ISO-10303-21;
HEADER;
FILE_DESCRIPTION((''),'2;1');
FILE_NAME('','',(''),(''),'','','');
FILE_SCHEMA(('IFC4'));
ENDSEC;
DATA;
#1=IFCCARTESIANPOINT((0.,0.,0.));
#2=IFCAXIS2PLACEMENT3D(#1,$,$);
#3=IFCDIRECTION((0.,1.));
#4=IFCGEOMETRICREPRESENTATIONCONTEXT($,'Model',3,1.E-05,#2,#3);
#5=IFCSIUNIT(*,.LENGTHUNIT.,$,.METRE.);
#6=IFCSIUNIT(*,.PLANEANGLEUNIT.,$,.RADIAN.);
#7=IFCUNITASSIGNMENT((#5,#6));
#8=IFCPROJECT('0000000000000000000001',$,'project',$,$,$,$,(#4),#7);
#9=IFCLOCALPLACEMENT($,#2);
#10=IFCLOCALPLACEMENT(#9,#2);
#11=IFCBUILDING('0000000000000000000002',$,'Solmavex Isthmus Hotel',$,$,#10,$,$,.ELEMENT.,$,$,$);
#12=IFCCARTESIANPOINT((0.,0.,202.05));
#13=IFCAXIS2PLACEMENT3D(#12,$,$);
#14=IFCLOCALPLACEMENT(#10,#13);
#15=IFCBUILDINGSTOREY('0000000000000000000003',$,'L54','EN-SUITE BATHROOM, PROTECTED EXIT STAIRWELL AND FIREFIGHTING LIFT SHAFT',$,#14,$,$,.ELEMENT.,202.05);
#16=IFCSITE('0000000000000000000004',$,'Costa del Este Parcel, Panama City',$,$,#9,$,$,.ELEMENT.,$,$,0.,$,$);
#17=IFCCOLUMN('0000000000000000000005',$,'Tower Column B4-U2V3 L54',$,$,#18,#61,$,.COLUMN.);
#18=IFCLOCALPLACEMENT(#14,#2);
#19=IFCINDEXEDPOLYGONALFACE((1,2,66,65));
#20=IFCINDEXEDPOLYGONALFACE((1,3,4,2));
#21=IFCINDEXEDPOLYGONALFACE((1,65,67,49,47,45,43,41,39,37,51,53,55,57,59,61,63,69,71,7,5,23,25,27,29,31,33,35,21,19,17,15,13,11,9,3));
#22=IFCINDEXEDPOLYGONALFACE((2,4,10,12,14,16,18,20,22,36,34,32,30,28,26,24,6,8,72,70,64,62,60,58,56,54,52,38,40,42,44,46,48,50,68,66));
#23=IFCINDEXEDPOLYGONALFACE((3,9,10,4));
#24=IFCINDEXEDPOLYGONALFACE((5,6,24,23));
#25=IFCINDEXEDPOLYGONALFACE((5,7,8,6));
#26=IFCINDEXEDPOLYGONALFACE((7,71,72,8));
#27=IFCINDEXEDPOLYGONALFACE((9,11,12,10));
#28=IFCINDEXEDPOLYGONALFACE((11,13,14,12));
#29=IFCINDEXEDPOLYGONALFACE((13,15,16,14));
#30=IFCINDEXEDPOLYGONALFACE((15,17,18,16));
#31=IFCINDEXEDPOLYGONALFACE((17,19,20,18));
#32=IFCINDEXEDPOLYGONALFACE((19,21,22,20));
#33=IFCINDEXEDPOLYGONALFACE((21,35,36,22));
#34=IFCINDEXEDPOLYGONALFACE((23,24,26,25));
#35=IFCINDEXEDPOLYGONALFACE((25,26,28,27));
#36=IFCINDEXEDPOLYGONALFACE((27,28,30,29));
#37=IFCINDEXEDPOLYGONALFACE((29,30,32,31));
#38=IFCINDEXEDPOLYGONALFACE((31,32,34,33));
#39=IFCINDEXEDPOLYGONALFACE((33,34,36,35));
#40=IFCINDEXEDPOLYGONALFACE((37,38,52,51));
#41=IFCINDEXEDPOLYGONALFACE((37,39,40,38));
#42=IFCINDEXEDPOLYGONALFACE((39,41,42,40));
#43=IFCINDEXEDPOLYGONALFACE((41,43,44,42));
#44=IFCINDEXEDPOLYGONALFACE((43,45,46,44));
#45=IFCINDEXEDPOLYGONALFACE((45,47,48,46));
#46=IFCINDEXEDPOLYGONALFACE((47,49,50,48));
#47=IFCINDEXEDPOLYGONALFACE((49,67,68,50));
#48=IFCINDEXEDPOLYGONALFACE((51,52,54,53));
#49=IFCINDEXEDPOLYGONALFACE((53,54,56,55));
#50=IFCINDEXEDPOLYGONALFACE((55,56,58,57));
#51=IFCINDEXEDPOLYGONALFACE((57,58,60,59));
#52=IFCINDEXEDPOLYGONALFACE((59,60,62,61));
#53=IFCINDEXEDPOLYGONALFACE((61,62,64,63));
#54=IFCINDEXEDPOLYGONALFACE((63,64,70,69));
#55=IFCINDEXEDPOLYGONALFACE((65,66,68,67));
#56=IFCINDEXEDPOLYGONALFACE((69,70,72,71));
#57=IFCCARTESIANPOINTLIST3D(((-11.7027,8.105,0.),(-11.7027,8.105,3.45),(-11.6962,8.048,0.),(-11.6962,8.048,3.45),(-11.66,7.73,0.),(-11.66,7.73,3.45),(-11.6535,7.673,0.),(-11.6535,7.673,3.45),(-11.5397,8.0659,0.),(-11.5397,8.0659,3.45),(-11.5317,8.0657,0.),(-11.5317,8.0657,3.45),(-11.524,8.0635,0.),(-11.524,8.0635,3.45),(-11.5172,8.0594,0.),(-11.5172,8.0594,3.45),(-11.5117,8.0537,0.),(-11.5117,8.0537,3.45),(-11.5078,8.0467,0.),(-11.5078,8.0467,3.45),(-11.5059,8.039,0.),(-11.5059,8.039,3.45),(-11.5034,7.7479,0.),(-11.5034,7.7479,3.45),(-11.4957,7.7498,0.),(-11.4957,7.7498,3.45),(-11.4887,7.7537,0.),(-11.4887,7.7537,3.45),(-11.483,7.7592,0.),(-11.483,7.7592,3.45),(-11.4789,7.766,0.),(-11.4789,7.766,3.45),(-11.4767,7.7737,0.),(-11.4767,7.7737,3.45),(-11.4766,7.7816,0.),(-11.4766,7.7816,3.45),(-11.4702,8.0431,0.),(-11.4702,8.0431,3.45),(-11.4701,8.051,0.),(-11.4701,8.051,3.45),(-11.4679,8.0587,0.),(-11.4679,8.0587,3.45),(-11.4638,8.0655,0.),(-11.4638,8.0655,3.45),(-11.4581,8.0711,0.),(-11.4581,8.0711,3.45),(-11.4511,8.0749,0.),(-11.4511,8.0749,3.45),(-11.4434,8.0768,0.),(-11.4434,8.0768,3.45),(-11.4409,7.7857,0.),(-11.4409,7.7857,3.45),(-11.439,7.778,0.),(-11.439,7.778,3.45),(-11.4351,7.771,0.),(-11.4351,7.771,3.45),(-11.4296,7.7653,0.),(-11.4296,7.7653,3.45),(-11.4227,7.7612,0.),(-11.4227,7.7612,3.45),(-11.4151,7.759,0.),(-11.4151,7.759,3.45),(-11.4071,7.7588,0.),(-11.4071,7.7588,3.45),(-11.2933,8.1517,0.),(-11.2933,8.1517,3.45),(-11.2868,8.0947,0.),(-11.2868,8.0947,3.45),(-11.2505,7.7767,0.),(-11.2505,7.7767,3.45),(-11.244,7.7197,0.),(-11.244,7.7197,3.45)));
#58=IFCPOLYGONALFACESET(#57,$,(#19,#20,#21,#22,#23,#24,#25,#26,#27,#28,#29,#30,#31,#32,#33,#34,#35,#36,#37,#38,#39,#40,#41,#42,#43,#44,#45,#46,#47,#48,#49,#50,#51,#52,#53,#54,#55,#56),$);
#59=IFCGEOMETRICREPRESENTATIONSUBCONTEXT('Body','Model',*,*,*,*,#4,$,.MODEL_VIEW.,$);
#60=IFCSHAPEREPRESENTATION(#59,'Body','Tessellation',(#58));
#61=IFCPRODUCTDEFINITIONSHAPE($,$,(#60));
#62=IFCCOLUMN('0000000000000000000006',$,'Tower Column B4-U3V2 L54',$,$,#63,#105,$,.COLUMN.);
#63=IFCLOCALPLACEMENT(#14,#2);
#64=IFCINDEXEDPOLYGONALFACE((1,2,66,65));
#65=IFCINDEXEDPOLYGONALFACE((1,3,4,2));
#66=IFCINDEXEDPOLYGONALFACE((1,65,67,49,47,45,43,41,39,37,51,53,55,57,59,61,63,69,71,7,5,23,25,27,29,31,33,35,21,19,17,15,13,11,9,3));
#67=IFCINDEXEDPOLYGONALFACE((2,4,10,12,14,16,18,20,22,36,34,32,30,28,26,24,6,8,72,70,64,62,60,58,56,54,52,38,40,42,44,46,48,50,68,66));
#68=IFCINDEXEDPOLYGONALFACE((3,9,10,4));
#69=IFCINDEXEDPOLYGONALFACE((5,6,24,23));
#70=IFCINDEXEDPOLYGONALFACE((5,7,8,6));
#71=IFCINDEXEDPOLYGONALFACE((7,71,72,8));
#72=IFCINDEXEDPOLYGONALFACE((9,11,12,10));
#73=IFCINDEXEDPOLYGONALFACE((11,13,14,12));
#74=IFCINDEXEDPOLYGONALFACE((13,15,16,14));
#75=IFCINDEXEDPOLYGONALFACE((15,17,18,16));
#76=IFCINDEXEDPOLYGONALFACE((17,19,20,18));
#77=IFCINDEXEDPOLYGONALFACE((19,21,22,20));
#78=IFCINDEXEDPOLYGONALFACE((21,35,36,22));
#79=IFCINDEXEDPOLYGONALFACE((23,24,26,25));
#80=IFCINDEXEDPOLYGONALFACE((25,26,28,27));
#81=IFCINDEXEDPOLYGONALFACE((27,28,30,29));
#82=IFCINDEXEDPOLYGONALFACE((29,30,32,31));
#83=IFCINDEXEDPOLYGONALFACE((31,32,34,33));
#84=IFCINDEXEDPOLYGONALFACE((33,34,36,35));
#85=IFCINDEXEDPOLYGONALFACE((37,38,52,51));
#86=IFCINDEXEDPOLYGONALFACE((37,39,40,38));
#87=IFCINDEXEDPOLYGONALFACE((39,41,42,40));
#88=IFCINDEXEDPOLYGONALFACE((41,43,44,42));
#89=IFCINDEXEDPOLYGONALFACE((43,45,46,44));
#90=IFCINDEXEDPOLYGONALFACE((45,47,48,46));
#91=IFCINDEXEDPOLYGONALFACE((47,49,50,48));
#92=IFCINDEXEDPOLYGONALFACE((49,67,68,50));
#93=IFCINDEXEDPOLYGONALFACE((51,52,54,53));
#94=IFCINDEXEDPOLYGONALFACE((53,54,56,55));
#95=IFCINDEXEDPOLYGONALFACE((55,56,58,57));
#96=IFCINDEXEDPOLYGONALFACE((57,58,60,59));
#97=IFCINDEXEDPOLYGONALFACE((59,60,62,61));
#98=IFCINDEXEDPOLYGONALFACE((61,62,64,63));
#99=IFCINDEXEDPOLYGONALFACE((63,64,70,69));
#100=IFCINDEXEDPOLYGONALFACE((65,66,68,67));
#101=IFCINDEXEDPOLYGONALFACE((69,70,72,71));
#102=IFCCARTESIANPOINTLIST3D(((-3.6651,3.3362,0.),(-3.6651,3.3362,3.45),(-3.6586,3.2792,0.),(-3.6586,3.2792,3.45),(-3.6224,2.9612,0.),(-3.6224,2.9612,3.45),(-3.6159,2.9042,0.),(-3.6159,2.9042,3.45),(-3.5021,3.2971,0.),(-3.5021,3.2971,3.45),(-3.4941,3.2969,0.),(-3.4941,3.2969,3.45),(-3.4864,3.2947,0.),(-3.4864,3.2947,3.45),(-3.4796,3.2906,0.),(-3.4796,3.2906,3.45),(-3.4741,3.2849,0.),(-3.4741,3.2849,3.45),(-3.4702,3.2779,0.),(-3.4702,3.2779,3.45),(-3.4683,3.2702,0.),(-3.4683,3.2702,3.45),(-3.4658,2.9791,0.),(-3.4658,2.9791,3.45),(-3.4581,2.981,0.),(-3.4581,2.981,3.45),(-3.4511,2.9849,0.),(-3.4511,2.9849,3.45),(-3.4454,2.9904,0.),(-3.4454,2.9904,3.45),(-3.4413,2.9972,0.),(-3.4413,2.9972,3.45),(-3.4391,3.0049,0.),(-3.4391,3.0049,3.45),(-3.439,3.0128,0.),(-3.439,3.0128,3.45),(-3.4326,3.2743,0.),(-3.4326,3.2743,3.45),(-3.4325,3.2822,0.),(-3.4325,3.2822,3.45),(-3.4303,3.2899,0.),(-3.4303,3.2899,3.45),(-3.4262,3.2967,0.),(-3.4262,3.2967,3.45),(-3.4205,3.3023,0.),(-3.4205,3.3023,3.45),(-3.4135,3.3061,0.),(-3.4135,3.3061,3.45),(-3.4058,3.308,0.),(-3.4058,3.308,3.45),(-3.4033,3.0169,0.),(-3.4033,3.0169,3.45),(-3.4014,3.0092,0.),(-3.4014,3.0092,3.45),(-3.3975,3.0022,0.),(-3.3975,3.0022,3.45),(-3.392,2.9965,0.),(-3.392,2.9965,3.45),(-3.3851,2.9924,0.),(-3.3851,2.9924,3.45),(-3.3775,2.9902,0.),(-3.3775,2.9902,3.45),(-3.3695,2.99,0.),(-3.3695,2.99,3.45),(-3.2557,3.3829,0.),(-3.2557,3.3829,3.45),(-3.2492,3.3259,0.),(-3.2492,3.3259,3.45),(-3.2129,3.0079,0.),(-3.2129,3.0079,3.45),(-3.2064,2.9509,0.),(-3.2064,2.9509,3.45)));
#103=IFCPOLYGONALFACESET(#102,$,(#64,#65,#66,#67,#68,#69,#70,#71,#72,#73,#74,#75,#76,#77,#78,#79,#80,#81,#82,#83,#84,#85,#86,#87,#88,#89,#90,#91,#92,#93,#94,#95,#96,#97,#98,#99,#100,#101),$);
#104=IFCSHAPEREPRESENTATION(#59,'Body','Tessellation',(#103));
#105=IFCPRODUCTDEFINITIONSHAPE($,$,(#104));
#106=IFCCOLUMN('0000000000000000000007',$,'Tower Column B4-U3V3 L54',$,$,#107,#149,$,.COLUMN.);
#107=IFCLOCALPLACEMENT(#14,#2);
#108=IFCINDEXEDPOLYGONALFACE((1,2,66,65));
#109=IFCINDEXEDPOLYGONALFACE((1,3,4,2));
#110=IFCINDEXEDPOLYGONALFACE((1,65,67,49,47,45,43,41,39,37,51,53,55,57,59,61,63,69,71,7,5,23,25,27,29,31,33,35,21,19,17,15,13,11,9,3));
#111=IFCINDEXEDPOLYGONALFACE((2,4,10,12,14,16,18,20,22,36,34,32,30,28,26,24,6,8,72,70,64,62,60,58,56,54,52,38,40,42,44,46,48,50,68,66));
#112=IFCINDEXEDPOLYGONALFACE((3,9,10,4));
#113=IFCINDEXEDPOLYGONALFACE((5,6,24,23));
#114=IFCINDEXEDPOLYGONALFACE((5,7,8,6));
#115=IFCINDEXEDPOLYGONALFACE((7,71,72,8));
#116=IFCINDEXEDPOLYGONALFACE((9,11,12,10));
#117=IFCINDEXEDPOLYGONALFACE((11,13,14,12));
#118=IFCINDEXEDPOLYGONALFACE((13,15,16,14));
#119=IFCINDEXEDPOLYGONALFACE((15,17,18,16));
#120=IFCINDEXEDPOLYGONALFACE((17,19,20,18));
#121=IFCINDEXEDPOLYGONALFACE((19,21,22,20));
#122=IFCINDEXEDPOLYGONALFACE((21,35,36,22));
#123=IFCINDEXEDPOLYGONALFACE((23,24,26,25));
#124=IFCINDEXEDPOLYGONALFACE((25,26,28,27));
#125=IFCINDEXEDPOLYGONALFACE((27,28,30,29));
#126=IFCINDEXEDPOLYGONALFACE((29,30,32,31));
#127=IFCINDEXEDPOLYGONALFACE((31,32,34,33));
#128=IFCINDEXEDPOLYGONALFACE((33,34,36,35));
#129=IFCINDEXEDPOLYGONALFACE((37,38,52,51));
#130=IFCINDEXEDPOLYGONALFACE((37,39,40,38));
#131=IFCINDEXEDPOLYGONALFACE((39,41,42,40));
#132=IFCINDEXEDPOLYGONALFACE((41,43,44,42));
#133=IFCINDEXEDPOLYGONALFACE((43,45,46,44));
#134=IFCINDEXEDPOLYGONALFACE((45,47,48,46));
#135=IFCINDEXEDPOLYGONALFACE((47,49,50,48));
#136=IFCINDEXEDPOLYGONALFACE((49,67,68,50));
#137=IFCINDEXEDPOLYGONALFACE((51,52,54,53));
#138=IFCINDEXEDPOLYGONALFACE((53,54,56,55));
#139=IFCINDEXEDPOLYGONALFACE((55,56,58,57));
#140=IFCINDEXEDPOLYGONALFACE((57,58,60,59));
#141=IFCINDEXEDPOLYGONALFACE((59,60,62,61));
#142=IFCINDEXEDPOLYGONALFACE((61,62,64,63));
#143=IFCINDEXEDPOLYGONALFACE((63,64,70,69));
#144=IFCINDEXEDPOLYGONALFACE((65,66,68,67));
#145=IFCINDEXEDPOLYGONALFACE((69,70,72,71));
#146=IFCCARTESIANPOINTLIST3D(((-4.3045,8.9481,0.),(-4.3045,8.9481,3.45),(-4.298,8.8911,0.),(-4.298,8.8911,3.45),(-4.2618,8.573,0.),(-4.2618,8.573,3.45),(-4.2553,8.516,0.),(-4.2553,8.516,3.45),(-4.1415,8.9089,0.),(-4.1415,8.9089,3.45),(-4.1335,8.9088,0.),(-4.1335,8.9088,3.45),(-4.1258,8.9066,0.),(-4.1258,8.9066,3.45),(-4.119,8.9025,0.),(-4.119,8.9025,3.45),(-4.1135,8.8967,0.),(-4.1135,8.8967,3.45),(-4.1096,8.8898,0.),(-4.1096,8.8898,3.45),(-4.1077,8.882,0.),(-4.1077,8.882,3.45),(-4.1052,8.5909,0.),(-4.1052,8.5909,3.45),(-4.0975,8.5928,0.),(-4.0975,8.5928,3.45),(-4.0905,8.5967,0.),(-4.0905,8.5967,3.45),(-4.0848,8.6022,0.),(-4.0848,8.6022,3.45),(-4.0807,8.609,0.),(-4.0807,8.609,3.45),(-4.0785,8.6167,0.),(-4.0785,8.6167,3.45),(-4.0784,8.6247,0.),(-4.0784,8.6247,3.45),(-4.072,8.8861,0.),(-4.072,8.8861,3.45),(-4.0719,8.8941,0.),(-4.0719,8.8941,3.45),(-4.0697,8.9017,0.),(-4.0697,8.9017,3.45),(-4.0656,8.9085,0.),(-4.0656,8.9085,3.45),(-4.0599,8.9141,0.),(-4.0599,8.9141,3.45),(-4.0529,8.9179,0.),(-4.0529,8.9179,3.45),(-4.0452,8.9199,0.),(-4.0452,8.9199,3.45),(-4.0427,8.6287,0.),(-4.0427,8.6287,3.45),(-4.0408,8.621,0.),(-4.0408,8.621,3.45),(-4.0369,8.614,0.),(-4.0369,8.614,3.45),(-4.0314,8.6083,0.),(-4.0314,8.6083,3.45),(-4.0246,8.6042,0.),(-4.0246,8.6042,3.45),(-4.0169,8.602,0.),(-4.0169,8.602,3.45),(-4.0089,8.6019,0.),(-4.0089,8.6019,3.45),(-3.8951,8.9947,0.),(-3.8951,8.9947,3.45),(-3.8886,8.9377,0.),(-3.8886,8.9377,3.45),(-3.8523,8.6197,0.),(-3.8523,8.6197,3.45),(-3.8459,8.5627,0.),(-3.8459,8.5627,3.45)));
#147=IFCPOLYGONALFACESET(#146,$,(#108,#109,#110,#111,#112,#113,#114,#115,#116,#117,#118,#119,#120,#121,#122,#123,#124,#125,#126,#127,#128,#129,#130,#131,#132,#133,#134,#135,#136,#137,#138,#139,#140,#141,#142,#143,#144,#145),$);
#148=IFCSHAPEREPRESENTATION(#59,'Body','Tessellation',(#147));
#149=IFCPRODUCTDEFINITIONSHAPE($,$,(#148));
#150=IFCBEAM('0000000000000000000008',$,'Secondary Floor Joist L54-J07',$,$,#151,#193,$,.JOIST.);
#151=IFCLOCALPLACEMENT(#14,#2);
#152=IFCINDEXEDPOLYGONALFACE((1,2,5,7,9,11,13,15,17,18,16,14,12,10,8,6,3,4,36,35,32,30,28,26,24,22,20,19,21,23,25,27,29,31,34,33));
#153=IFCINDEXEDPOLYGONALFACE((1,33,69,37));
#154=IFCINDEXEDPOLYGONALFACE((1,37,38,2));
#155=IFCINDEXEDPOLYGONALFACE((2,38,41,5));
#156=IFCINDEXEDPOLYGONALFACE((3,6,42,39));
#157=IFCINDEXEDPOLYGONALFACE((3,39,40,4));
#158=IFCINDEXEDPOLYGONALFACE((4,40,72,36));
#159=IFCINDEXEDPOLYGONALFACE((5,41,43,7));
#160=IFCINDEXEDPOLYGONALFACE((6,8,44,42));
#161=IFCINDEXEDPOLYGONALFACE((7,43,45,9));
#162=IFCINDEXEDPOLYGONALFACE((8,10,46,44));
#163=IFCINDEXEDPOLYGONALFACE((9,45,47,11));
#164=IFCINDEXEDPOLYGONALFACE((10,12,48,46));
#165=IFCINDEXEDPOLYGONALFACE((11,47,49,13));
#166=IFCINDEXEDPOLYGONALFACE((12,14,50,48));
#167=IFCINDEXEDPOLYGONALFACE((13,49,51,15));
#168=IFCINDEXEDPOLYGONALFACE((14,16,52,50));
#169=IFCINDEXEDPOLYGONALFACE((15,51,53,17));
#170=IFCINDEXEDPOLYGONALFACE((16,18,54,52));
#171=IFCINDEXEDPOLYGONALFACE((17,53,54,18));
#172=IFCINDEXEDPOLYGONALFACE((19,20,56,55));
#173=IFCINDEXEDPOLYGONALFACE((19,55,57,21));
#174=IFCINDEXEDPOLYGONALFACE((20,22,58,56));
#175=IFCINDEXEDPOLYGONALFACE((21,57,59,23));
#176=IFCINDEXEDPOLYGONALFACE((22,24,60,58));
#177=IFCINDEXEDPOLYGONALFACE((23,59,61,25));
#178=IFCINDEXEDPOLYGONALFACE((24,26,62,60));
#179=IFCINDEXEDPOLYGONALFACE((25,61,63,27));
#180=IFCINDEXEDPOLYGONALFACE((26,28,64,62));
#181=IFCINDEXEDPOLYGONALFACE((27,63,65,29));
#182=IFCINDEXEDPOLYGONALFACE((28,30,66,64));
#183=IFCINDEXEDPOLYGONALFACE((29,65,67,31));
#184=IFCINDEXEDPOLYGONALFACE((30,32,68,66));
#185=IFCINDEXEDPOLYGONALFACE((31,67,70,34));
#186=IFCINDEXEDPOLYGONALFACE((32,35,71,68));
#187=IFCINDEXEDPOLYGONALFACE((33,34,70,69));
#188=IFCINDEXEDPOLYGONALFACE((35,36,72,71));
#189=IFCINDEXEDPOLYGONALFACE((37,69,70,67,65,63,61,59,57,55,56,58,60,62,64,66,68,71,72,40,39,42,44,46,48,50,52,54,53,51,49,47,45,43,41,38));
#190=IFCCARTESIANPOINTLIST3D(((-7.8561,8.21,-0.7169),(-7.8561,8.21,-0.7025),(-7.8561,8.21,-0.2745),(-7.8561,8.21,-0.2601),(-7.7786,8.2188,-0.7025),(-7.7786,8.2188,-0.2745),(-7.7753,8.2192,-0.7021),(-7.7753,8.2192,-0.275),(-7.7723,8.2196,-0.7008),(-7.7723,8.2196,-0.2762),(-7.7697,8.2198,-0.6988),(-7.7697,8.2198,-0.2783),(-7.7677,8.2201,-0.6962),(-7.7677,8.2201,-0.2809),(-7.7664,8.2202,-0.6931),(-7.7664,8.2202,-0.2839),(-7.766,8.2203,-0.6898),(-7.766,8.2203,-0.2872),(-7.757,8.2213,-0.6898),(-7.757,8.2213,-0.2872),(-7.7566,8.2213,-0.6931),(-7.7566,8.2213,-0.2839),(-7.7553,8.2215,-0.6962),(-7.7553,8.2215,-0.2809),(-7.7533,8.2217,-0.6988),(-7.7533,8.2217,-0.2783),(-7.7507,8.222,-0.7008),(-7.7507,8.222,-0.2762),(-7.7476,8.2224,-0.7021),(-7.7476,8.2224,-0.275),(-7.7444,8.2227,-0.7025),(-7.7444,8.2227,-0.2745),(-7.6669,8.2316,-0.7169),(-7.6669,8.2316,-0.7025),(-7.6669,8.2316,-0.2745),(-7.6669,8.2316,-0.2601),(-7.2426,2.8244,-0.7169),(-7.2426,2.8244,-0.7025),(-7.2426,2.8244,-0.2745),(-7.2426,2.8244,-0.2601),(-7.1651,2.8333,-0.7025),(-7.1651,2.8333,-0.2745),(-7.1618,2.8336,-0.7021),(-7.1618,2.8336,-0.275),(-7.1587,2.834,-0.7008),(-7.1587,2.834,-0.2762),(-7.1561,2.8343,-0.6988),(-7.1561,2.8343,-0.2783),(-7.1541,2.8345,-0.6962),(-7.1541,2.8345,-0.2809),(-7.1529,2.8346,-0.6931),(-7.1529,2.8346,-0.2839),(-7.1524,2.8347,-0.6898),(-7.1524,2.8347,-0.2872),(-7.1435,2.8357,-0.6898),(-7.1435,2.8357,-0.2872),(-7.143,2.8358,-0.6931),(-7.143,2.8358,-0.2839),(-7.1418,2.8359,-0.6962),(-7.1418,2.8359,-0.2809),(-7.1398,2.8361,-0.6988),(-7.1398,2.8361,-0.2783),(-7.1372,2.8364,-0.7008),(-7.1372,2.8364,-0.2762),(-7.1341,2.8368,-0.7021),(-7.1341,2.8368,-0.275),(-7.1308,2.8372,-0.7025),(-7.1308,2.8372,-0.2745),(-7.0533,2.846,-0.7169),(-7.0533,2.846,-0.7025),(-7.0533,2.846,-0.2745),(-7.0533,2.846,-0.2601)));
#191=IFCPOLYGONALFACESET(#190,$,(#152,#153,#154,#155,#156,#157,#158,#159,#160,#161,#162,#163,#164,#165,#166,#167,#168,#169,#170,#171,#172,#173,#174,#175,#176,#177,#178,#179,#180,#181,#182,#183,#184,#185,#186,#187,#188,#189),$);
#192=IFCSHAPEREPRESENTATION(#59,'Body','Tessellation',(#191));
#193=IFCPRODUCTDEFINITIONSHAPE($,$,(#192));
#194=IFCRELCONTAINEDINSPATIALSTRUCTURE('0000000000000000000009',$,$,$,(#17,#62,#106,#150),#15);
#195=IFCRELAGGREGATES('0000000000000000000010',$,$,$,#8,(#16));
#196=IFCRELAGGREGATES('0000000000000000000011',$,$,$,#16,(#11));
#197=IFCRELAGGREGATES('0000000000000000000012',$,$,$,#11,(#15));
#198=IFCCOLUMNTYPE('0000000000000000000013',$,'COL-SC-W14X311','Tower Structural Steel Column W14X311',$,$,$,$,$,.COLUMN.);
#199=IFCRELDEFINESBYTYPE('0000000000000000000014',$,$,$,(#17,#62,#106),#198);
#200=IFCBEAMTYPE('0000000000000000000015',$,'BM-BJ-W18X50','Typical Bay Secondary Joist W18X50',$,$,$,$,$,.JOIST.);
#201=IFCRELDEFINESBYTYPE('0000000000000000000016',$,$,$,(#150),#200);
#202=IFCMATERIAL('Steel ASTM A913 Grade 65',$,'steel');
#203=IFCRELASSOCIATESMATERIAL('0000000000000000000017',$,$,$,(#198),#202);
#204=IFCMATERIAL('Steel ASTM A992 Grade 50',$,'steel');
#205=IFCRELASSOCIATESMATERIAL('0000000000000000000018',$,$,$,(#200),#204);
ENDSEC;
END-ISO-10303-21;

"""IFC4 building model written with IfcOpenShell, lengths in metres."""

from ifc_helpers import new_model, si_unit, direction, frame, origin, origin_2d, place, context, subcontext, project, spatial, i_section, extrude, material, material_profile, profile_set, type_object, element, save


model = new_model("IFC4")

# Units and contexts
model_context = context("Model", 3, precision=1e-05, world=origin(), true_north=direction((0.0, 1.0)))
body_context = subcontext(model_context, "Body", "Model", "MODEL_VIEW")
ifc_project = project(units=[si_unit("LENGTHUNIT", "METRE"), si_unit("PLANEANGLEUNIT", "RADIAN")], contexts=[model_context])

# Site, building, storey
site_placement = place(None, origin())
site = spatial("IfcSite", under=ifc_project, at=site_placement, Name="Costa del Este Parcel, Panama City", CompositionType="ELEMENT", RefElevation=0.0)
building_placement = place(site_placement, origin())
building = spatial("IfcBuilding", under=site, at=building_placement, Name="Solmavex Isthmus Hotel", CompositionType="ELEMENT")
storey_placement = place(building_placement, frame((0.0, 0.0, 202.05)))
storey = spatial("IfcBuildingStorey", under=building, at=storey_placement, Name="L54", Description="EN-SUITE BATHROOM, PROTECTED EXIT STAIRWELL AND FIREFIGHTING LIFT SHAFT", CompositionType="ELEMENT", Elevation=202.05)

# Columns
ifc_material_1 = material(Name="Steel ASTM A913 Grade 65", Category="steel")
ifc_material_profile_1 = material_profile(ifc_material_1, i_section(OverallWidth=0.4121, OverallDepth=0.4348, WebThickness=0.0359, FlangeThickness=0.0574, FilletRadius=0.0305, at=origin_2d()), Name="W14X311")
ifc_profile_set_1 = profile_set([ifc_material_profile_1], Name="Steel ASTM A913 Grade 65")
column_type = type_object("IfcColumnType", Name="COL-SC-W14X311", Description="Tower Structural Steel Column W14X311", PredefinedType="COLUMN", material=ifc_profile_set_1)
for number, where, z_axis, x_axis, name in (
    (1, (-11.4734, 7.9124, 0.0), (0.0, 0.0, 1.0), (0.993572, 0.113203, 0.0), "Tower Column B4-U2V3 L54"),
    (2, (-3.4358, 3.1436, 0.0), (0.0, 0.0, 1.0), (0.993572, 0.113203, 0.0), "Tower Column B4-U3V2 L54"),
    (3, (-4.0752, 8.7554, 0.0), (0.0, 0.0, 1.0), (0.993572, 0.113203, 0.0), "Tower Column B4-U3V3 L54"),
):
    element("IfcColumn", number, at=place(storey_placement, frame(where, z_axis=z_axis, x_axis=x_axis)), inside=storey, type_object=column_type, Name=name, PredefinedType="COLUMN", context=body_context, shape_type="SweptSolid", body=[
        extrude(i_section(OverallWidth=0.4121, OverallDepth=0.4348, WebThickness=0.0359, FlangeThickness=0.0574, FilletRadius=0.0305, at=origin_2d()), origin(), (0.0, 0.0, 1.0), 3.45),
    ])

# Beam
ifc_material_2 = material(Name="Steel ASTM A992 Grade 50", Category="steel")
ifc_material_profile_2 = material_profile(ifc_material_2, i_section(OverallWidth=0.1904, OverallDepth=0.4568, WebThickness=0.009, FlangeThickness=0.0144, FilletRadius=0.0127, at=origin_2d()), Name="W18X50")
ifc_profile_set_2 = profile_set([ifc_material_profile_2], Name="Steel ASTM A992 Grade 50")
beam_type_1 = type_object("IfcBeamType", Name="BM-BJ-W18X50", Description="Typical Bay Secondary Joist W18X50", PredefinedType="JOIST", material=ifc_profile_set_2)
beam_1_placement = place(storey_placement, frame((-7.1479, 2.8352, -0.4885), z_axis=(-0.11319, 0.993573, 0.0), x_axis=(-0.993573, -0.11319, 0.0)))
element("IfcBeam", 4, at=beam_1_placement, inside=storey, type_object=beam_type_1, Name="Secondary Floor Joist L54-J07", PredefinedType="JOIST", context=body_context, shape_type="SweptSolid", body=[
    extrude(i_section(OverallWidth=0.1904, OverallDepth=0.4568, WebThickness=0.009, FlangeThickness=0.0144, FilletRadius=0.0127, at=origin_2d()), origin(), (0.0, 0.0, 1.0), 5.4204),
])

save(model, "model.ifc")
